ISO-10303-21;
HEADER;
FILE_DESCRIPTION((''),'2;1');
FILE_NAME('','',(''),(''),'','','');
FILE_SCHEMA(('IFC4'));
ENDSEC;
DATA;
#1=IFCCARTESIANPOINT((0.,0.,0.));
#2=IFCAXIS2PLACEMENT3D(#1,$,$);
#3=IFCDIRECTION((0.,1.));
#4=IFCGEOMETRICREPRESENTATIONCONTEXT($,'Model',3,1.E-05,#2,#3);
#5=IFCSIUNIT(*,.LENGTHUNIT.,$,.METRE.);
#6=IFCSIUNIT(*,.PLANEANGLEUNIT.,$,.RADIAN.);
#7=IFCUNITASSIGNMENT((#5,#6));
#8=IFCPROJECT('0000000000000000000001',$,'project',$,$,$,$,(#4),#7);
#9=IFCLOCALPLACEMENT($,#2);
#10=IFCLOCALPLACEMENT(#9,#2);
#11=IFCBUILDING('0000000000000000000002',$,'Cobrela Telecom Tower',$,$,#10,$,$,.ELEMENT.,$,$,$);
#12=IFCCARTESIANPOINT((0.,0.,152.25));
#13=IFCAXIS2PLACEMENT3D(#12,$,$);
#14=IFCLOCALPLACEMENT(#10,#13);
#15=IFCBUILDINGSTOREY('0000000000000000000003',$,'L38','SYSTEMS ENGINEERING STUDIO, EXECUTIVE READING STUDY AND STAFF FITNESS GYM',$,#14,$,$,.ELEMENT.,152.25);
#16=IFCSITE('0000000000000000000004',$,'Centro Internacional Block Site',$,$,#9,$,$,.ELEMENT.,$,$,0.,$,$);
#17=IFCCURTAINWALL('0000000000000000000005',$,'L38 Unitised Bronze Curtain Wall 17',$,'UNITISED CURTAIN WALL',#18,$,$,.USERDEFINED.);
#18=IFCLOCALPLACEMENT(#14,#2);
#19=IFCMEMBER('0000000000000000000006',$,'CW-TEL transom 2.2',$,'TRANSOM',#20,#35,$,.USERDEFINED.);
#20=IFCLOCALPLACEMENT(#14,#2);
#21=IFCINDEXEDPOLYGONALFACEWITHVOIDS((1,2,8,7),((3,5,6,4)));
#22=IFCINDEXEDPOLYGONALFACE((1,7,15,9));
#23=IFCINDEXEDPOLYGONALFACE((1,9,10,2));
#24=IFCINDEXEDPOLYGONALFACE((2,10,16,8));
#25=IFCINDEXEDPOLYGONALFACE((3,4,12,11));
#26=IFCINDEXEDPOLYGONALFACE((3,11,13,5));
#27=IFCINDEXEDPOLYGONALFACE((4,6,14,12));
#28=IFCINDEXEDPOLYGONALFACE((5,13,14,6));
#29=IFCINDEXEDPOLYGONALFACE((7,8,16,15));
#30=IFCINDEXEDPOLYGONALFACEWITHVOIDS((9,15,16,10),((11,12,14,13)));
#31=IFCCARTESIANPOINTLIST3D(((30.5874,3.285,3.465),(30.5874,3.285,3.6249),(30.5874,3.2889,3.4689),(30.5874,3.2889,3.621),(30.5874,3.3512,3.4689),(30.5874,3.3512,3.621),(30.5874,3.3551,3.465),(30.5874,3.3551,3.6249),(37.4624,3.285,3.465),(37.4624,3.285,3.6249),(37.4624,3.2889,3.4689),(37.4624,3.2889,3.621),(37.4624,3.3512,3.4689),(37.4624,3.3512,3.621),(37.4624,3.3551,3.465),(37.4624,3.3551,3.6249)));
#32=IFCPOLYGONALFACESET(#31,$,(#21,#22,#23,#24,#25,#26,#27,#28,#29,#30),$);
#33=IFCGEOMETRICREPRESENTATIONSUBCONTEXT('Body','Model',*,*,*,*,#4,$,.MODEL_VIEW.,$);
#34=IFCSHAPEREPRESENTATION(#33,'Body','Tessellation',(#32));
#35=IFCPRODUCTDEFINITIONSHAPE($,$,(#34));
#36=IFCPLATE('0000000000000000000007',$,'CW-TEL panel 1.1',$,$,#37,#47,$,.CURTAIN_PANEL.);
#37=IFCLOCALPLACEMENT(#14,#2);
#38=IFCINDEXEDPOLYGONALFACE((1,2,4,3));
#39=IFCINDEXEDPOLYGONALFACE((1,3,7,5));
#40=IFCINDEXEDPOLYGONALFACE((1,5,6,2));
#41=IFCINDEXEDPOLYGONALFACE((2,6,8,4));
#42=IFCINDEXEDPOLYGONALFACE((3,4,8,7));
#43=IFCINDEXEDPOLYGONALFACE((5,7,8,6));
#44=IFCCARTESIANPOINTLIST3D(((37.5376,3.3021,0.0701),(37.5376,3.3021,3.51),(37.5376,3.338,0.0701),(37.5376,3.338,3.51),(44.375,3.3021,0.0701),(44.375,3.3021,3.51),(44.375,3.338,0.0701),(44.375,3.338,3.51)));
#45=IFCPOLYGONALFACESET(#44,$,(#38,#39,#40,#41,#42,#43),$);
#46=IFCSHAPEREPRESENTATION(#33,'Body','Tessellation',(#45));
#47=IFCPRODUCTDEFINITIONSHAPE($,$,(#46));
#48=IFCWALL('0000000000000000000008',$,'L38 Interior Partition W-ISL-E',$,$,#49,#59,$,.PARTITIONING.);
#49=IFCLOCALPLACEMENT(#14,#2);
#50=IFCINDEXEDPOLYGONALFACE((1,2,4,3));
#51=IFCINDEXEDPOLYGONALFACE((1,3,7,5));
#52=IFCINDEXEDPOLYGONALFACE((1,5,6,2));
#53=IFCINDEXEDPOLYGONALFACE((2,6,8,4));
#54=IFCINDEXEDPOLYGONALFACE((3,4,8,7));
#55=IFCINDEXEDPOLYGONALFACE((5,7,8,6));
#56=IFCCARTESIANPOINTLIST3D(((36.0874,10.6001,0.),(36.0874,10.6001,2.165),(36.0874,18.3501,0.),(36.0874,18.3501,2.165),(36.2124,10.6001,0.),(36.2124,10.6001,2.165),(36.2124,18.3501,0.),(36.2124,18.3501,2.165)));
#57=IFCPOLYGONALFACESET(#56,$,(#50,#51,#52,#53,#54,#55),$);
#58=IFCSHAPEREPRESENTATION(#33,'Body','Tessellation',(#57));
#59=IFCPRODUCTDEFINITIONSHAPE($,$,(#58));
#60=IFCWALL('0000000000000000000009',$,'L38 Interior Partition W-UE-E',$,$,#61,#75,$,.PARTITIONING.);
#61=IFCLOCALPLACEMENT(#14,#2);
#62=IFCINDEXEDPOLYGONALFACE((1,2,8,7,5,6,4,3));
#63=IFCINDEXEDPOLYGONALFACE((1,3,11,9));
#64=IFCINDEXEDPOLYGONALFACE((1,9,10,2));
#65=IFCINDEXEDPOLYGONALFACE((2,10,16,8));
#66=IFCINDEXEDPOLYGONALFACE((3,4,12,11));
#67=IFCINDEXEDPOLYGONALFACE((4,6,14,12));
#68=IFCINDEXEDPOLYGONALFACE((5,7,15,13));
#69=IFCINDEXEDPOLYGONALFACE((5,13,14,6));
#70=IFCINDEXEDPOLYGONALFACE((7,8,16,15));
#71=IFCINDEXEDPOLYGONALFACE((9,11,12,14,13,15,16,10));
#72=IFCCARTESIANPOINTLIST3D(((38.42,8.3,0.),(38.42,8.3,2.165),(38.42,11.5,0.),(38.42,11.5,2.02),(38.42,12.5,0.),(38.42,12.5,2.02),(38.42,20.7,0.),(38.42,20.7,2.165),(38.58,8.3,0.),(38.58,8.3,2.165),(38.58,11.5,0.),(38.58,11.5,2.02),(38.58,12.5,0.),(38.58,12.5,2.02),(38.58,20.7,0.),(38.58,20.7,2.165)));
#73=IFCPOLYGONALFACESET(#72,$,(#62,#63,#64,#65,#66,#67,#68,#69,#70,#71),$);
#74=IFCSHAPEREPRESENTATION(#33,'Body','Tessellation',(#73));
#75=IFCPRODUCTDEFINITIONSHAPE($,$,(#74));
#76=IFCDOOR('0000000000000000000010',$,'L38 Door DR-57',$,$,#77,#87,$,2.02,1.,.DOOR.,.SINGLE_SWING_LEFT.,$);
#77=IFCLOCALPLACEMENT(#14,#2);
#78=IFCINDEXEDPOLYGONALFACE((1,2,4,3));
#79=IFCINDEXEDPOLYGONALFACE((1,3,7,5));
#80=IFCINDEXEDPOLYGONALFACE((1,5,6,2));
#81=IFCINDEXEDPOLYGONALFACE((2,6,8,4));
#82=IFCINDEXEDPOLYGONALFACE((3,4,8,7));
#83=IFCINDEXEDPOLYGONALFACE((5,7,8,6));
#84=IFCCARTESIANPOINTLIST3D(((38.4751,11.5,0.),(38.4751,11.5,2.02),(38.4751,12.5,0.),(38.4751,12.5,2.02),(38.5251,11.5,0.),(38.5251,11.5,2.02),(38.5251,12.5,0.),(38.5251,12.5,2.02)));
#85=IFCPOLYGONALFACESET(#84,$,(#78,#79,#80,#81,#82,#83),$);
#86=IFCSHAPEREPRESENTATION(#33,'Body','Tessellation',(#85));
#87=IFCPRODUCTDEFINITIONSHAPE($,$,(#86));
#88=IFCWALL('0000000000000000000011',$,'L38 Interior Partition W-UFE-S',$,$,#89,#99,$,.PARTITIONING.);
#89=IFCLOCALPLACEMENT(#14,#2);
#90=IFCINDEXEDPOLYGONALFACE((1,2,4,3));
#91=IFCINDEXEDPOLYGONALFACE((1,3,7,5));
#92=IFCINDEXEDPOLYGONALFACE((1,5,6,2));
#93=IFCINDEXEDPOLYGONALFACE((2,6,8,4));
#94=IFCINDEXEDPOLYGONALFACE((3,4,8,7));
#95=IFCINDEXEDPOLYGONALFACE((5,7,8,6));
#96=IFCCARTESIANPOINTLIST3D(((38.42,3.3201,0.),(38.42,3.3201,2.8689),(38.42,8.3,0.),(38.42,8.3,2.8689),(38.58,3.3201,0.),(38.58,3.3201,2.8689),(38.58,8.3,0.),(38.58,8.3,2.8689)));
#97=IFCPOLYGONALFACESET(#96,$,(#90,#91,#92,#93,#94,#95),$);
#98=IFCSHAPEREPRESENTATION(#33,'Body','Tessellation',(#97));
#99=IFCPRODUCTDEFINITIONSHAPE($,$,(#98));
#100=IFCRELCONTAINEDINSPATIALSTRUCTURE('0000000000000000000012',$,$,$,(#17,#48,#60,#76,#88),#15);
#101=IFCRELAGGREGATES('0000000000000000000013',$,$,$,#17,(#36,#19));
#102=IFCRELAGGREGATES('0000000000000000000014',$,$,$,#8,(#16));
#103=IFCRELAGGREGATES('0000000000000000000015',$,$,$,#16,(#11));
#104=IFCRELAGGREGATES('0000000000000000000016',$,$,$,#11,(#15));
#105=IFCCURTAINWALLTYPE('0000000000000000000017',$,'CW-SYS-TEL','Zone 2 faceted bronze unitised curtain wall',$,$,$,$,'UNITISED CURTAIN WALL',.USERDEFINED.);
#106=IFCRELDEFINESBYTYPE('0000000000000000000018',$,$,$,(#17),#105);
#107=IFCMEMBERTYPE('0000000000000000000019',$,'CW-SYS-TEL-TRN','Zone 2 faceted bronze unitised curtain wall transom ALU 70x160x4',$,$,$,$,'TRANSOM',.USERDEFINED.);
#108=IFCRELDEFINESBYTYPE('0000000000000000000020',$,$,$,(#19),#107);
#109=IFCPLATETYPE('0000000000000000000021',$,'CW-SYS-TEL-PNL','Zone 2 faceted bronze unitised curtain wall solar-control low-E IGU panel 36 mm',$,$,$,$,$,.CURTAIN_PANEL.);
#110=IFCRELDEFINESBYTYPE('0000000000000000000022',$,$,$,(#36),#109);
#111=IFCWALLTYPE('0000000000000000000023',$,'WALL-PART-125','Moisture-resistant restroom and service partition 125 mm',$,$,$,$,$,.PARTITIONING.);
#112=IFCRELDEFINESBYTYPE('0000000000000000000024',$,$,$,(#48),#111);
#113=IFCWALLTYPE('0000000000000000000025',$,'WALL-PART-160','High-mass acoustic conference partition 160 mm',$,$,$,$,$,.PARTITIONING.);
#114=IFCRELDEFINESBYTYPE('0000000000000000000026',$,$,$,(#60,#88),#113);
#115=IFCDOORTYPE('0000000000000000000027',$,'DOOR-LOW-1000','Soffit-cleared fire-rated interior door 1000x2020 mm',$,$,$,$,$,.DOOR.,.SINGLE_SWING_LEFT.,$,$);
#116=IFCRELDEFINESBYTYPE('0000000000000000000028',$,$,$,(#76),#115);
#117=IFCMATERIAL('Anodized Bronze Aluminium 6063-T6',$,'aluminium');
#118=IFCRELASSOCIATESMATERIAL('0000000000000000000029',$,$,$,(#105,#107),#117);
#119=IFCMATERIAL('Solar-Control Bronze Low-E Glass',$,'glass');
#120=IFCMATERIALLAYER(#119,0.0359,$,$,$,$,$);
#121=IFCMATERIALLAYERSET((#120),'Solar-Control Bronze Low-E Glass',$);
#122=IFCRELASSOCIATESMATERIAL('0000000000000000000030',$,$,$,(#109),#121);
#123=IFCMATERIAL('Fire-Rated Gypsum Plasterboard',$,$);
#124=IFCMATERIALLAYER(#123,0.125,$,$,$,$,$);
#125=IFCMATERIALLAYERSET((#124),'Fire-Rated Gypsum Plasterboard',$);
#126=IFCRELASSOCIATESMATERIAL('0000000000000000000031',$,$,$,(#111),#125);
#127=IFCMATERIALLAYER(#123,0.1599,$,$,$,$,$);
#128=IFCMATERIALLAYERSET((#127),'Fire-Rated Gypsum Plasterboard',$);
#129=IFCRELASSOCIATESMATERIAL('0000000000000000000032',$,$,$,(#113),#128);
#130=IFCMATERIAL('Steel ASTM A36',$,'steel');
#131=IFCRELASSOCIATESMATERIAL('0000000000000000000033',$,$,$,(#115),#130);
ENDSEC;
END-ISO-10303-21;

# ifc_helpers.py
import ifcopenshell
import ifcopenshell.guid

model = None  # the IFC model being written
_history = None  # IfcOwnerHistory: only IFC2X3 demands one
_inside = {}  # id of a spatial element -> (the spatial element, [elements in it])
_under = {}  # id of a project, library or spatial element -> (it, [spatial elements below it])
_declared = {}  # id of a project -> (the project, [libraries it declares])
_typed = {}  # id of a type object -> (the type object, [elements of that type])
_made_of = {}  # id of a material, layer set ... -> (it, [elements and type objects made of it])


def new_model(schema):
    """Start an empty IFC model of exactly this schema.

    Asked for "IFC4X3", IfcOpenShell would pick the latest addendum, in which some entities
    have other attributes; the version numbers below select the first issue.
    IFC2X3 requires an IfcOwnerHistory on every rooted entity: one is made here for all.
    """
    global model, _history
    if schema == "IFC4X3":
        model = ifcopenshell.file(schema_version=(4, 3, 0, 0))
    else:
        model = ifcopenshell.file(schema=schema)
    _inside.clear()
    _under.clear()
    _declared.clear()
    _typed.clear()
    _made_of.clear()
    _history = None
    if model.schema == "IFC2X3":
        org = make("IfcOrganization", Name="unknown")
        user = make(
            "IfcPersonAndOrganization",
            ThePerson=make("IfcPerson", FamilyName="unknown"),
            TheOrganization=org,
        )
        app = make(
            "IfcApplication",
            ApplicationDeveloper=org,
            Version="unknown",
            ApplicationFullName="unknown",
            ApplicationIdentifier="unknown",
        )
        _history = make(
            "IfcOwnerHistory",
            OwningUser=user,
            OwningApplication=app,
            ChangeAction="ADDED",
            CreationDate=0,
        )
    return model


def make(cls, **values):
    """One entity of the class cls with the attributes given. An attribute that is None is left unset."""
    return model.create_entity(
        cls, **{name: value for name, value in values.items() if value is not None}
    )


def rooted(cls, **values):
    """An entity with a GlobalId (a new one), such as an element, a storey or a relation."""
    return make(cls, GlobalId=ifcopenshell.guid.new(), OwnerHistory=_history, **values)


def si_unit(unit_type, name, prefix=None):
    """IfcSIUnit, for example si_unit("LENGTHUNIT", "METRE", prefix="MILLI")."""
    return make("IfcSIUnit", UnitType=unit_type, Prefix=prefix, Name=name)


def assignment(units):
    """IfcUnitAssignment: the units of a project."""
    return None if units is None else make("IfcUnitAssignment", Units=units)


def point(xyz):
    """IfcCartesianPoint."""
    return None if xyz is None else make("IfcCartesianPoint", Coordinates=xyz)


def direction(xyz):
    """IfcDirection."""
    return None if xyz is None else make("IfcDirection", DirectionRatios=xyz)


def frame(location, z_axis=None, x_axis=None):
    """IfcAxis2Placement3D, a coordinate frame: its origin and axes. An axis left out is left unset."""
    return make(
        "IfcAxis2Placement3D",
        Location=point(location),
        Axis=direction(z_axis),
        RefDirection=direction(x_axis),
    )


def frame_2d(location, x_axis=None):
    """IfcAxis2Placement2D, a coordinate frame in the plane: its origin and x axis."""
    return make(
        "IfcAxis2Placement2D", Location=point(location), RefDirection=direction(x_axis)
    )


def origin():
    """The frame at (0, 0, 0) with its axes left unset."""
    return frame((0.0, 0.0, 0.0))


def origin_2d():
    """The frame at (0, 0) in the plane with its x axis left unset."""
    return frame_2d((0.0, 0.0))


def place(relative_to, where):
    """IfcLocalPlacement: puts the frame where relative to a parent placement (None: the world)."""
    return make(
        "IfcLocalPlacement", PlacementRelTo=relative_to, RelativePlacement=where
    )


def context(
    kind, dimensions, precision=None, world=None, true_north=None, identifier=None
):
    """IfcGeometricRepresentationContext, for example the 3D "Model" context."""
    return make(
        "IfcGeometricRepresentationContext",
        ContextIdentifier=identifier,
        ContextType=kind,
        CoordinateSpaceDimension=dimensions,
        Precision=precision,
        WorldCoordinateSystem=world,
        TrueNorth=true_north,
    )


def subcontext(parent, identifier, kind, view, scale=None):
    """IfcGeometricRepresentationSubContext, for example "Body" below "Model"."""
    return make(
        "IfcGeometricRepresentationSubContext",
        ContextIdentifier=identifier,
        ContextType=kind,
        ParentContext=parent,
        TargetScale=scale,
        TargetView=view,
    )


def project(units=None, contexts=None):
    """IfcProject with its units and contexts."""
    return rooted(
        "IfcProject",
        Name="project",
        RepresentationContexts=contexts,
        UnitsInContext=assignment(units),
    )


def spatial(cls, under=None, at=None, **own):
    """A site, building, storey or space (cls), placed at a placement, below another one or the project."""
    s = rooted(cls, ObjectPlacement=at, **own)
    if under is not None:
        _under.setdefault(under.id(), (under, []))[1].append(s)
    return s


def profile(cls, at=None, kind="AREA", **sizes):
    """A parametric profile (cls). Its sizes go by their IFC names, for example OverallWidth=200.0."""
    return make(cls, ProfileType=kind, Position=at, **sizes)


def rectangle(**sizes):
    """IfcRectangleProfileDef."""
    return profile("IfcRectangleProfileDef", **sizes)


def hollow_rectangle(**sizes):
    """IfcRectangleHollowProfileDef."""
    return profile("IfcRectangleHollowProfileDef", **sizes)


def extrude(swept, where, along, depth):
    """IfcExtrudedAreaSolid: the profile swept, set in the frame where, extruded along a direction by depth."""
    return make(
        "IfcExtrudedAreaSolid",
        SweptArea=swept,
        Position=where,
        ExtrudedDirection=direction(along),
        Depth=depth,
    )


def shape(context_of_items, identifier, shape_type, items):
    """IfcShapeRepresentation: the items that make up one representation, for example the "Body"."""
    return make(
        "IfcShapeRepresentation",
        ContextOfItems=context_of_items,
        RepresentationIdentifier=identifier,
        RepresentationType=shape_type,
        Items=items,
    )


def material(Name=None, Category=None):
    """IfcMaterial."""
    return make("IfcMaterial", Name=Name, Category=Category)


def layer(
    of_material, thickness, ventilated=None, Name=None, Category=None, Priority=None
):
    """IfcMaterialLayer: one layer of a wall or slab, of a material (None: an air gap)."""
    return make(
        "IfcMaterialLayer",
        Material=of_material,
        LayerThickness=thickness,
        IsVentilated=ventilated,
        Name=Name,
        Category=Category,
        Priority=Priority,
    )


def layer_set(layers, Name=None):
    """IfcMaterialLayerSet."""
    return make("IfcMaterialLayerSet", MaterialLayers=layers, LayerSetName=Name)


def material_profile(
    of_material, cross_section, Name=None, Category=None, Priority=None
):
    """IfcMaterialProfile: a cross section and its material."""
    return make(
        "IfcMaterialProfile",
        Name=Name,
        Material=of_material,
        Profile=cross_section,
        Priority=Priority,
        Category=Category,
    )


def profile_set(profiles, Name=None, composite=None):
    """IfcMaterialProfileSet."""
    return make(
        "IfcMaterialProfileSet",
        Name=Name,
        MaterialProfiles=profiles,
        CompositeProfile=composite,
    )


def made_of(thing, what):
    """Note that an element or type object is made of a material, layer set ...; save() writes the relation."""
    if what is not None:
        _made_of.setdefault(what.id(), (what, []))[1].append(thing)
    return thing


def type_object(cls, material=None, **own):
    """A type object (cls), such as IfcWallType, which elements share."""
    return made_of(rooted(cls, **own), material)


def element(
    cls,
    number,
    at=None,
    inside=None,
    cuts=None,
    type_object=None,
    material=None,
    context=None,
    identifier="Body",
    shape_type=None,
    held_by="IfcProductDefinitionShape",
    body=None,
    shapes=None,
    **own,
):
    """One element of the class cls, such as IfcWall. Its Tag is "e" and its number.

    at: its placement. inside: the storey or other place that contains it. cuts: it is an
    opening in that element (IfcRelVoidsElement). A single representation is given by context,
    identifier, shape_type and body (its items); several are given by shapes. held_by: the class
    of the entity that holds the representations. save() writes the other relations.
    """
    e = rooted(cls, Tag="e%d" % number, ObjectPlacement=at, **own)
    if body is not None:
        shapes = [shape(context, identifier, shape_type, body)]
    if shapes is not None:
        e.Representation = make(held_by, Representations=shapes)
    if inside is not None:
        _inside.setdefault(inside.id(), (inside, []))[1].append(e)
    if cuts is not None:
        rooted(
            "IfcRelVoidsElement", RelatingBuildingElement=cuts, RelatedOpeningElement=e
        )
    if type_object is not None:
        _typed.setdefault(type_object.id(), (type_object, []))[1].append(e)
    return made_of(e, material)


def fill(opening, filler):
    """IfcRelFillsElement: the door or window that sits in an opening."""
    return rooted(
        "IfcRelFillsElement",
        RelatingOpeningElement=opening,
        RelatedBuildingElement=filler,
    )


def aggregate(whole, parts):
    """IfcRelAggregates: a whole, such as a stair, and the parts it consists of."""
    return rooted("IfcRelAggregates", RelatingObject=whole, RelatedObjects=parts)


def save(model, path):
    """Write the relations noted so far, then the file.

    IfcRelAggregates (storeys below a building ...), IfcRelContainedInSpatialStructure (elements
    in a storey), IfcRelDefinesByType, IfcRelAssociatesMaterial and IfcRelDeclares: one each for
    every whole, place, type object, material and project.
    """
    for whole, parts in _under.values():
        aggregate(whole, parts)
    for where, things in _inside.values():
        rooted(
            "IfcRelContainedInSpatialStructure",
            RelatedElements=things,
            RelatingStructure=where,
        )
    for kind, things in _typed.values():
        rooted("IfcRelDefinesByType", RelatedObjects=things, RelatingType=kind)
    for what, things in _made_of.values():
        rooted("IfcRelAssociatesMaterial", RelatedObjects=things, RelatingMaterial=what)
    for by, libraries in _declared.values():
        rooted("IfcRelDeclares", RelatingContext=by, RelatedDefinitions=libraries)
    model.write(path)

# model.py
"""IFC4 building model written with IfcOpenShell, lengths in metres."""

from ifc_helpers import new_model, si_unit, direction, frame, frame_2d, origin, origin_2d, place, context, subcontext, project, spatial, rectangle, hollow_rectangle, extrude, material, layer, layer_set, material_profile, profile_set, type_object, element, fill, aggregate, save


model = new_model("IFC4")

# Units and contexts
model_context = context("Model", 3, precision=1e-05, world=origin(), true_north=direction((0.0, 1.0)))
body_context = subcontext(model_context, "Body", "Model", "MODEL_VIEW")
ifc_project = project(units=[si_unit("LENGTHUNIT", "METRE"), si_unit("PLANEANGLEUNIT", "RADIAN")], contexts=[model_context])

# Site, building, storey
site_placement = place(None, origin())
site = spatial("IfcSite", under=ifc_project, at=site_placement, Name="Centro Internacional Block Site", CompositionType="ELEMENT", RefElevation=0.0)
building_placement = place(site_placement, origin())
building = spatial("IfcBuilding", under=site, at=building_placement, Name="Cobrela Telecom Tower", CompositionType="ELEMENT")
storey_placement = place(building_placement, frame((0.0, 0.0, 152.25)))
storey = spatial("IfcBuildingStorey", under=building, at=storey_placement, Name="L38", Description="SYSTEMS ENGINEERING STUDIO, EXECUTIVE READING STUDY AND STAFF FITNESS GYM", CompositionType="ELEMENT", Elevation=152.25)

# Curtain wall, member, plate
ifc_material_1 = material(Name="Anodized Bronze Aluminium 6063-T6", Category="aluminium")
curtain_wall_type = type_object("IfcCurtainWallType", Name="CW-SYS-TEL", Description="Zone 2 faceted bronze unitised curtain wall", ElementType="UNITISED CURTAIN WALL", PredefinedType="USERDEFINED", material=ifc_material_1)
curtain_wall_placement = place(storey_placement, origin())
curtain_wall = element("IfcCurtainWall", 1, at=curtain_wall_placement, inside=storey, type_object=curtain_wall_type, Name="L38 Unitised Bronze Curtain Wall 17", ObjectType="UNITISED CURTAIN WALL", PredefinedType="USERDEFINED")
ifc_material_profile_1 = material_profile(ifc_material_1, hollow_rectangle(XDim=0.0701, YDim=0.1599, WallThickness=0.0039, at=origin_2d()), Name="ALU 70x160x4")
ifc_profile_set_1 = profile_set([ifc_material_profile_1], Name="Anodized Bronze Aluminium 6063-T6")
member_type_1 = type_object("IfcMemberType", Name="CW-SYS-TEL-TRN", Description="Zone 2 faceted bronze unitised curtain wall transom ALU 70x160x4", ElementType="TRANSOM", PredefinedType="USERDEFINED", material=ifc_profile_set_1)
member_1_placement = place(storey_placement, frame((37.4624, 3.3201, 3.5449), z_axis=(-1.0, 0.0, 0.0), x_axis=(0.0, -1.0, 0.0)))
member_1 = element("IfcMember", 2, at=member_1_placement, type_object=member_type_1, Name="CW-TEL transom 2.2", ObjectType="TRANSOM", PredefinedType="USERDEFINED", context=body_context, shape_type="SweptSolid", body=[
    extrude(hollow_rectangle(XDim=0.0701, YDim=0.1599, WallThickness=0.0039, at=origin_2d()), origin(), (0.0, 0.0, 1.0), 6.875),
])
ifc_material_2 = material(Name="Solar-Control Bronze Low-E Glass", Category="glass")
ifc_layer_1 = layer(ifc_material_2, 0.0359)
ifc_layer_set_1 = layer_set([ifc_layer_1], Name="Solar-Control Bronze Low-E Glass")
plate_type = type_object("IfcPlateType", Name="CW-SYS-TEL-PNL", Description="Zone 2 faceted bronze unitised curtain wall solar-control low-E IGU panel 36 mm", PredefinedType="CURTAIN_PANEL", material=ifc_layer_set_1)
plate_placement = place(storey_placement, frame((40.9563, 3.3201, 0.0701), z_axis=(0.0, 0.0, 1.0), x_axis=(-1.0, 0.0, 0.0)))
plate = element("IfcPlate", 3, at=plate_placement, type_object=plate_type, Name="CW-TEL panel 1.1", PredefinedType="CURTAIN_PANEL", context=body_context, shape_type="SweptSolid", body=[
    extrude(rectangle(XDim=6.8374, YDim=0.0359, at=origin_2d()), origin(), (0.0, 0.0, 1.0), 3.4399),
])
aggregate(curtain_wall, [plate, member_1])

# Wall
ifc_material_3 = material(Name="Fire-Rated Gypsum Plasterboard")
ifc_layer_2 = layer(ifc_material_3, 0.125)
ifc_layer_set_2 = layer_set([ifc_layer_2], Name="Fire-Rated Gypsum Plasterboard")
wall_type_1 = type_object("IfcWallType", Name="WALL-PART-125", Description="Moisture-resistant restroom and service partition 125 mm", PredefinedType="PARTITIONING", material=ifc_layer_set_2)
wall_1_placement = place(storey_placement, frame((36.1499, 10.6001, 0.0), z_axis=(0.0, 0.0, 1.0), x_axis=(0.0, 1.0, 0.0)))
element("IfcWall", 4, at=wall_1_placement, inside=storey, type_object=wall_type_1, Name="L38 Interior Partition W-ISL-E", PredefinedType="PARTITIONING", context=body_context, shape_type="SweptSolid", body=[
    extrude(rectangle(XDim=7.75, YDim=0.125, at=frame_2d((3.875, 0.0))), origin(), (0.0, 0.0, 1.0), 2.165),
])

# Wall, opening, door
ifc_layer_3 = layer(ifc_material_3, 0.1599)
ifc_layer_set_3 = layer_set([ifc_layer_3], Name="Fire-Rated Gypsum Plasterboard")
wall_type_2 = type_object("IfcWallType", Name="WALL-PART-160", Description="High-mass acoustic conference partition 160 mm", PredefinedType="PARTITIONING", material=ifc_layer_set_3)
wall_2_placement = place(storey_placement, frame((38.5, 8.3, 0.0), z_axis=(0.0, 0.0, 1.0), x_axis=(0.0, 1.0, 0.0)))
wall_2 = element("IfcWall", 5, at=wall_2_placement, inside=storey, type_object=wall_type_2, Name="L38 Interior Partition W-UE-E", PredefinedType="PARTITIONING", context=body_context, shape_type="SweptSolid", body=[
    extrude(rectangle(XDim=12.3999, YDim=0.1599, at=frame_2d((6.2, 0.0))), origin(), (0.0, 0.0, 1.0), 2.165),
])
opening_placement = place(wall_2_placement, frame((3.2, 0.0, 0.0)))
opening = element("IfcOpeningElement", 6, at=opening_placement, cuts=wall_2, PredefinedType="OPENING", context=body_context, shape_type="SweptSolid", body=[
    extrude(rectangle(XDim=1.0, YDim=2.02, at=frame_2d((0.5, 1.01))), frame((0.0, 0.0918, 0.0), z_axis=(0.0, -1.0, 0.0), x_axis=(1.0, 0.0, 0.0)), (0.0, 0.0, 1.0), 0.1838),
])
ifc_material_4 = material(Name="Steel ASTM A36", Category="steel")
door_type = type_object("IfcDoorType", Name="DOOR-LOW-1000", Description="Soffit-cleared fire-rated interior door 1000x2020 mm", OperationType="SINGLE_SWING_LEFT", PredefinedType="DOOR", material=ifc_material_4)
door_placement = place(opening_placement, origin())
door = element("IfcDoor", 7, at=door_placement, inside=storey, type_object=door_type, Name="L38 Door DR-57", OperationType="SINGLE_SWING_LEFT", OverallHeight=2.02, OverallWidth=1.0, PredefinedType="DOOR", context=body_context, shape_type="SweptSolid", body=[
    extrude(rectangle(XDim=1.0, YDim=2.02, at=frame_2d((0.5, 1.01))), frame((0.0, 0.0249, 0.0), z_axis=(0.0, -1.0, 0.0), x_axis=(1.0, 0.0, 0.0)), (0.0, 0.0, 1.0), 0.05),
])
fill(opening, door)

# Wall
wall_3_placement = place(storey_placement, frame((38.5, 3.3201, 0.0), z_axis=(0.0, 0.0, 1.0), x_axis=(0.0, 1.0, 0.0)))
element("IfcWall", 8, at=wall_3_placement, inside=storey, type_object=wall_type_2, Name="L38 Interior Partition W-UFE-S", PredefinedType="PARTITIONING", context=body_context, shape_type="SweptSolid", body=[
    extrude(rectangle(XDim=4.98, YDim=0.1599, at=frame_2d((2.49, 0.0))), origin(), (0.0, 0.0, 1.0), 2.8689),
])

save(model, "model.ifc")
